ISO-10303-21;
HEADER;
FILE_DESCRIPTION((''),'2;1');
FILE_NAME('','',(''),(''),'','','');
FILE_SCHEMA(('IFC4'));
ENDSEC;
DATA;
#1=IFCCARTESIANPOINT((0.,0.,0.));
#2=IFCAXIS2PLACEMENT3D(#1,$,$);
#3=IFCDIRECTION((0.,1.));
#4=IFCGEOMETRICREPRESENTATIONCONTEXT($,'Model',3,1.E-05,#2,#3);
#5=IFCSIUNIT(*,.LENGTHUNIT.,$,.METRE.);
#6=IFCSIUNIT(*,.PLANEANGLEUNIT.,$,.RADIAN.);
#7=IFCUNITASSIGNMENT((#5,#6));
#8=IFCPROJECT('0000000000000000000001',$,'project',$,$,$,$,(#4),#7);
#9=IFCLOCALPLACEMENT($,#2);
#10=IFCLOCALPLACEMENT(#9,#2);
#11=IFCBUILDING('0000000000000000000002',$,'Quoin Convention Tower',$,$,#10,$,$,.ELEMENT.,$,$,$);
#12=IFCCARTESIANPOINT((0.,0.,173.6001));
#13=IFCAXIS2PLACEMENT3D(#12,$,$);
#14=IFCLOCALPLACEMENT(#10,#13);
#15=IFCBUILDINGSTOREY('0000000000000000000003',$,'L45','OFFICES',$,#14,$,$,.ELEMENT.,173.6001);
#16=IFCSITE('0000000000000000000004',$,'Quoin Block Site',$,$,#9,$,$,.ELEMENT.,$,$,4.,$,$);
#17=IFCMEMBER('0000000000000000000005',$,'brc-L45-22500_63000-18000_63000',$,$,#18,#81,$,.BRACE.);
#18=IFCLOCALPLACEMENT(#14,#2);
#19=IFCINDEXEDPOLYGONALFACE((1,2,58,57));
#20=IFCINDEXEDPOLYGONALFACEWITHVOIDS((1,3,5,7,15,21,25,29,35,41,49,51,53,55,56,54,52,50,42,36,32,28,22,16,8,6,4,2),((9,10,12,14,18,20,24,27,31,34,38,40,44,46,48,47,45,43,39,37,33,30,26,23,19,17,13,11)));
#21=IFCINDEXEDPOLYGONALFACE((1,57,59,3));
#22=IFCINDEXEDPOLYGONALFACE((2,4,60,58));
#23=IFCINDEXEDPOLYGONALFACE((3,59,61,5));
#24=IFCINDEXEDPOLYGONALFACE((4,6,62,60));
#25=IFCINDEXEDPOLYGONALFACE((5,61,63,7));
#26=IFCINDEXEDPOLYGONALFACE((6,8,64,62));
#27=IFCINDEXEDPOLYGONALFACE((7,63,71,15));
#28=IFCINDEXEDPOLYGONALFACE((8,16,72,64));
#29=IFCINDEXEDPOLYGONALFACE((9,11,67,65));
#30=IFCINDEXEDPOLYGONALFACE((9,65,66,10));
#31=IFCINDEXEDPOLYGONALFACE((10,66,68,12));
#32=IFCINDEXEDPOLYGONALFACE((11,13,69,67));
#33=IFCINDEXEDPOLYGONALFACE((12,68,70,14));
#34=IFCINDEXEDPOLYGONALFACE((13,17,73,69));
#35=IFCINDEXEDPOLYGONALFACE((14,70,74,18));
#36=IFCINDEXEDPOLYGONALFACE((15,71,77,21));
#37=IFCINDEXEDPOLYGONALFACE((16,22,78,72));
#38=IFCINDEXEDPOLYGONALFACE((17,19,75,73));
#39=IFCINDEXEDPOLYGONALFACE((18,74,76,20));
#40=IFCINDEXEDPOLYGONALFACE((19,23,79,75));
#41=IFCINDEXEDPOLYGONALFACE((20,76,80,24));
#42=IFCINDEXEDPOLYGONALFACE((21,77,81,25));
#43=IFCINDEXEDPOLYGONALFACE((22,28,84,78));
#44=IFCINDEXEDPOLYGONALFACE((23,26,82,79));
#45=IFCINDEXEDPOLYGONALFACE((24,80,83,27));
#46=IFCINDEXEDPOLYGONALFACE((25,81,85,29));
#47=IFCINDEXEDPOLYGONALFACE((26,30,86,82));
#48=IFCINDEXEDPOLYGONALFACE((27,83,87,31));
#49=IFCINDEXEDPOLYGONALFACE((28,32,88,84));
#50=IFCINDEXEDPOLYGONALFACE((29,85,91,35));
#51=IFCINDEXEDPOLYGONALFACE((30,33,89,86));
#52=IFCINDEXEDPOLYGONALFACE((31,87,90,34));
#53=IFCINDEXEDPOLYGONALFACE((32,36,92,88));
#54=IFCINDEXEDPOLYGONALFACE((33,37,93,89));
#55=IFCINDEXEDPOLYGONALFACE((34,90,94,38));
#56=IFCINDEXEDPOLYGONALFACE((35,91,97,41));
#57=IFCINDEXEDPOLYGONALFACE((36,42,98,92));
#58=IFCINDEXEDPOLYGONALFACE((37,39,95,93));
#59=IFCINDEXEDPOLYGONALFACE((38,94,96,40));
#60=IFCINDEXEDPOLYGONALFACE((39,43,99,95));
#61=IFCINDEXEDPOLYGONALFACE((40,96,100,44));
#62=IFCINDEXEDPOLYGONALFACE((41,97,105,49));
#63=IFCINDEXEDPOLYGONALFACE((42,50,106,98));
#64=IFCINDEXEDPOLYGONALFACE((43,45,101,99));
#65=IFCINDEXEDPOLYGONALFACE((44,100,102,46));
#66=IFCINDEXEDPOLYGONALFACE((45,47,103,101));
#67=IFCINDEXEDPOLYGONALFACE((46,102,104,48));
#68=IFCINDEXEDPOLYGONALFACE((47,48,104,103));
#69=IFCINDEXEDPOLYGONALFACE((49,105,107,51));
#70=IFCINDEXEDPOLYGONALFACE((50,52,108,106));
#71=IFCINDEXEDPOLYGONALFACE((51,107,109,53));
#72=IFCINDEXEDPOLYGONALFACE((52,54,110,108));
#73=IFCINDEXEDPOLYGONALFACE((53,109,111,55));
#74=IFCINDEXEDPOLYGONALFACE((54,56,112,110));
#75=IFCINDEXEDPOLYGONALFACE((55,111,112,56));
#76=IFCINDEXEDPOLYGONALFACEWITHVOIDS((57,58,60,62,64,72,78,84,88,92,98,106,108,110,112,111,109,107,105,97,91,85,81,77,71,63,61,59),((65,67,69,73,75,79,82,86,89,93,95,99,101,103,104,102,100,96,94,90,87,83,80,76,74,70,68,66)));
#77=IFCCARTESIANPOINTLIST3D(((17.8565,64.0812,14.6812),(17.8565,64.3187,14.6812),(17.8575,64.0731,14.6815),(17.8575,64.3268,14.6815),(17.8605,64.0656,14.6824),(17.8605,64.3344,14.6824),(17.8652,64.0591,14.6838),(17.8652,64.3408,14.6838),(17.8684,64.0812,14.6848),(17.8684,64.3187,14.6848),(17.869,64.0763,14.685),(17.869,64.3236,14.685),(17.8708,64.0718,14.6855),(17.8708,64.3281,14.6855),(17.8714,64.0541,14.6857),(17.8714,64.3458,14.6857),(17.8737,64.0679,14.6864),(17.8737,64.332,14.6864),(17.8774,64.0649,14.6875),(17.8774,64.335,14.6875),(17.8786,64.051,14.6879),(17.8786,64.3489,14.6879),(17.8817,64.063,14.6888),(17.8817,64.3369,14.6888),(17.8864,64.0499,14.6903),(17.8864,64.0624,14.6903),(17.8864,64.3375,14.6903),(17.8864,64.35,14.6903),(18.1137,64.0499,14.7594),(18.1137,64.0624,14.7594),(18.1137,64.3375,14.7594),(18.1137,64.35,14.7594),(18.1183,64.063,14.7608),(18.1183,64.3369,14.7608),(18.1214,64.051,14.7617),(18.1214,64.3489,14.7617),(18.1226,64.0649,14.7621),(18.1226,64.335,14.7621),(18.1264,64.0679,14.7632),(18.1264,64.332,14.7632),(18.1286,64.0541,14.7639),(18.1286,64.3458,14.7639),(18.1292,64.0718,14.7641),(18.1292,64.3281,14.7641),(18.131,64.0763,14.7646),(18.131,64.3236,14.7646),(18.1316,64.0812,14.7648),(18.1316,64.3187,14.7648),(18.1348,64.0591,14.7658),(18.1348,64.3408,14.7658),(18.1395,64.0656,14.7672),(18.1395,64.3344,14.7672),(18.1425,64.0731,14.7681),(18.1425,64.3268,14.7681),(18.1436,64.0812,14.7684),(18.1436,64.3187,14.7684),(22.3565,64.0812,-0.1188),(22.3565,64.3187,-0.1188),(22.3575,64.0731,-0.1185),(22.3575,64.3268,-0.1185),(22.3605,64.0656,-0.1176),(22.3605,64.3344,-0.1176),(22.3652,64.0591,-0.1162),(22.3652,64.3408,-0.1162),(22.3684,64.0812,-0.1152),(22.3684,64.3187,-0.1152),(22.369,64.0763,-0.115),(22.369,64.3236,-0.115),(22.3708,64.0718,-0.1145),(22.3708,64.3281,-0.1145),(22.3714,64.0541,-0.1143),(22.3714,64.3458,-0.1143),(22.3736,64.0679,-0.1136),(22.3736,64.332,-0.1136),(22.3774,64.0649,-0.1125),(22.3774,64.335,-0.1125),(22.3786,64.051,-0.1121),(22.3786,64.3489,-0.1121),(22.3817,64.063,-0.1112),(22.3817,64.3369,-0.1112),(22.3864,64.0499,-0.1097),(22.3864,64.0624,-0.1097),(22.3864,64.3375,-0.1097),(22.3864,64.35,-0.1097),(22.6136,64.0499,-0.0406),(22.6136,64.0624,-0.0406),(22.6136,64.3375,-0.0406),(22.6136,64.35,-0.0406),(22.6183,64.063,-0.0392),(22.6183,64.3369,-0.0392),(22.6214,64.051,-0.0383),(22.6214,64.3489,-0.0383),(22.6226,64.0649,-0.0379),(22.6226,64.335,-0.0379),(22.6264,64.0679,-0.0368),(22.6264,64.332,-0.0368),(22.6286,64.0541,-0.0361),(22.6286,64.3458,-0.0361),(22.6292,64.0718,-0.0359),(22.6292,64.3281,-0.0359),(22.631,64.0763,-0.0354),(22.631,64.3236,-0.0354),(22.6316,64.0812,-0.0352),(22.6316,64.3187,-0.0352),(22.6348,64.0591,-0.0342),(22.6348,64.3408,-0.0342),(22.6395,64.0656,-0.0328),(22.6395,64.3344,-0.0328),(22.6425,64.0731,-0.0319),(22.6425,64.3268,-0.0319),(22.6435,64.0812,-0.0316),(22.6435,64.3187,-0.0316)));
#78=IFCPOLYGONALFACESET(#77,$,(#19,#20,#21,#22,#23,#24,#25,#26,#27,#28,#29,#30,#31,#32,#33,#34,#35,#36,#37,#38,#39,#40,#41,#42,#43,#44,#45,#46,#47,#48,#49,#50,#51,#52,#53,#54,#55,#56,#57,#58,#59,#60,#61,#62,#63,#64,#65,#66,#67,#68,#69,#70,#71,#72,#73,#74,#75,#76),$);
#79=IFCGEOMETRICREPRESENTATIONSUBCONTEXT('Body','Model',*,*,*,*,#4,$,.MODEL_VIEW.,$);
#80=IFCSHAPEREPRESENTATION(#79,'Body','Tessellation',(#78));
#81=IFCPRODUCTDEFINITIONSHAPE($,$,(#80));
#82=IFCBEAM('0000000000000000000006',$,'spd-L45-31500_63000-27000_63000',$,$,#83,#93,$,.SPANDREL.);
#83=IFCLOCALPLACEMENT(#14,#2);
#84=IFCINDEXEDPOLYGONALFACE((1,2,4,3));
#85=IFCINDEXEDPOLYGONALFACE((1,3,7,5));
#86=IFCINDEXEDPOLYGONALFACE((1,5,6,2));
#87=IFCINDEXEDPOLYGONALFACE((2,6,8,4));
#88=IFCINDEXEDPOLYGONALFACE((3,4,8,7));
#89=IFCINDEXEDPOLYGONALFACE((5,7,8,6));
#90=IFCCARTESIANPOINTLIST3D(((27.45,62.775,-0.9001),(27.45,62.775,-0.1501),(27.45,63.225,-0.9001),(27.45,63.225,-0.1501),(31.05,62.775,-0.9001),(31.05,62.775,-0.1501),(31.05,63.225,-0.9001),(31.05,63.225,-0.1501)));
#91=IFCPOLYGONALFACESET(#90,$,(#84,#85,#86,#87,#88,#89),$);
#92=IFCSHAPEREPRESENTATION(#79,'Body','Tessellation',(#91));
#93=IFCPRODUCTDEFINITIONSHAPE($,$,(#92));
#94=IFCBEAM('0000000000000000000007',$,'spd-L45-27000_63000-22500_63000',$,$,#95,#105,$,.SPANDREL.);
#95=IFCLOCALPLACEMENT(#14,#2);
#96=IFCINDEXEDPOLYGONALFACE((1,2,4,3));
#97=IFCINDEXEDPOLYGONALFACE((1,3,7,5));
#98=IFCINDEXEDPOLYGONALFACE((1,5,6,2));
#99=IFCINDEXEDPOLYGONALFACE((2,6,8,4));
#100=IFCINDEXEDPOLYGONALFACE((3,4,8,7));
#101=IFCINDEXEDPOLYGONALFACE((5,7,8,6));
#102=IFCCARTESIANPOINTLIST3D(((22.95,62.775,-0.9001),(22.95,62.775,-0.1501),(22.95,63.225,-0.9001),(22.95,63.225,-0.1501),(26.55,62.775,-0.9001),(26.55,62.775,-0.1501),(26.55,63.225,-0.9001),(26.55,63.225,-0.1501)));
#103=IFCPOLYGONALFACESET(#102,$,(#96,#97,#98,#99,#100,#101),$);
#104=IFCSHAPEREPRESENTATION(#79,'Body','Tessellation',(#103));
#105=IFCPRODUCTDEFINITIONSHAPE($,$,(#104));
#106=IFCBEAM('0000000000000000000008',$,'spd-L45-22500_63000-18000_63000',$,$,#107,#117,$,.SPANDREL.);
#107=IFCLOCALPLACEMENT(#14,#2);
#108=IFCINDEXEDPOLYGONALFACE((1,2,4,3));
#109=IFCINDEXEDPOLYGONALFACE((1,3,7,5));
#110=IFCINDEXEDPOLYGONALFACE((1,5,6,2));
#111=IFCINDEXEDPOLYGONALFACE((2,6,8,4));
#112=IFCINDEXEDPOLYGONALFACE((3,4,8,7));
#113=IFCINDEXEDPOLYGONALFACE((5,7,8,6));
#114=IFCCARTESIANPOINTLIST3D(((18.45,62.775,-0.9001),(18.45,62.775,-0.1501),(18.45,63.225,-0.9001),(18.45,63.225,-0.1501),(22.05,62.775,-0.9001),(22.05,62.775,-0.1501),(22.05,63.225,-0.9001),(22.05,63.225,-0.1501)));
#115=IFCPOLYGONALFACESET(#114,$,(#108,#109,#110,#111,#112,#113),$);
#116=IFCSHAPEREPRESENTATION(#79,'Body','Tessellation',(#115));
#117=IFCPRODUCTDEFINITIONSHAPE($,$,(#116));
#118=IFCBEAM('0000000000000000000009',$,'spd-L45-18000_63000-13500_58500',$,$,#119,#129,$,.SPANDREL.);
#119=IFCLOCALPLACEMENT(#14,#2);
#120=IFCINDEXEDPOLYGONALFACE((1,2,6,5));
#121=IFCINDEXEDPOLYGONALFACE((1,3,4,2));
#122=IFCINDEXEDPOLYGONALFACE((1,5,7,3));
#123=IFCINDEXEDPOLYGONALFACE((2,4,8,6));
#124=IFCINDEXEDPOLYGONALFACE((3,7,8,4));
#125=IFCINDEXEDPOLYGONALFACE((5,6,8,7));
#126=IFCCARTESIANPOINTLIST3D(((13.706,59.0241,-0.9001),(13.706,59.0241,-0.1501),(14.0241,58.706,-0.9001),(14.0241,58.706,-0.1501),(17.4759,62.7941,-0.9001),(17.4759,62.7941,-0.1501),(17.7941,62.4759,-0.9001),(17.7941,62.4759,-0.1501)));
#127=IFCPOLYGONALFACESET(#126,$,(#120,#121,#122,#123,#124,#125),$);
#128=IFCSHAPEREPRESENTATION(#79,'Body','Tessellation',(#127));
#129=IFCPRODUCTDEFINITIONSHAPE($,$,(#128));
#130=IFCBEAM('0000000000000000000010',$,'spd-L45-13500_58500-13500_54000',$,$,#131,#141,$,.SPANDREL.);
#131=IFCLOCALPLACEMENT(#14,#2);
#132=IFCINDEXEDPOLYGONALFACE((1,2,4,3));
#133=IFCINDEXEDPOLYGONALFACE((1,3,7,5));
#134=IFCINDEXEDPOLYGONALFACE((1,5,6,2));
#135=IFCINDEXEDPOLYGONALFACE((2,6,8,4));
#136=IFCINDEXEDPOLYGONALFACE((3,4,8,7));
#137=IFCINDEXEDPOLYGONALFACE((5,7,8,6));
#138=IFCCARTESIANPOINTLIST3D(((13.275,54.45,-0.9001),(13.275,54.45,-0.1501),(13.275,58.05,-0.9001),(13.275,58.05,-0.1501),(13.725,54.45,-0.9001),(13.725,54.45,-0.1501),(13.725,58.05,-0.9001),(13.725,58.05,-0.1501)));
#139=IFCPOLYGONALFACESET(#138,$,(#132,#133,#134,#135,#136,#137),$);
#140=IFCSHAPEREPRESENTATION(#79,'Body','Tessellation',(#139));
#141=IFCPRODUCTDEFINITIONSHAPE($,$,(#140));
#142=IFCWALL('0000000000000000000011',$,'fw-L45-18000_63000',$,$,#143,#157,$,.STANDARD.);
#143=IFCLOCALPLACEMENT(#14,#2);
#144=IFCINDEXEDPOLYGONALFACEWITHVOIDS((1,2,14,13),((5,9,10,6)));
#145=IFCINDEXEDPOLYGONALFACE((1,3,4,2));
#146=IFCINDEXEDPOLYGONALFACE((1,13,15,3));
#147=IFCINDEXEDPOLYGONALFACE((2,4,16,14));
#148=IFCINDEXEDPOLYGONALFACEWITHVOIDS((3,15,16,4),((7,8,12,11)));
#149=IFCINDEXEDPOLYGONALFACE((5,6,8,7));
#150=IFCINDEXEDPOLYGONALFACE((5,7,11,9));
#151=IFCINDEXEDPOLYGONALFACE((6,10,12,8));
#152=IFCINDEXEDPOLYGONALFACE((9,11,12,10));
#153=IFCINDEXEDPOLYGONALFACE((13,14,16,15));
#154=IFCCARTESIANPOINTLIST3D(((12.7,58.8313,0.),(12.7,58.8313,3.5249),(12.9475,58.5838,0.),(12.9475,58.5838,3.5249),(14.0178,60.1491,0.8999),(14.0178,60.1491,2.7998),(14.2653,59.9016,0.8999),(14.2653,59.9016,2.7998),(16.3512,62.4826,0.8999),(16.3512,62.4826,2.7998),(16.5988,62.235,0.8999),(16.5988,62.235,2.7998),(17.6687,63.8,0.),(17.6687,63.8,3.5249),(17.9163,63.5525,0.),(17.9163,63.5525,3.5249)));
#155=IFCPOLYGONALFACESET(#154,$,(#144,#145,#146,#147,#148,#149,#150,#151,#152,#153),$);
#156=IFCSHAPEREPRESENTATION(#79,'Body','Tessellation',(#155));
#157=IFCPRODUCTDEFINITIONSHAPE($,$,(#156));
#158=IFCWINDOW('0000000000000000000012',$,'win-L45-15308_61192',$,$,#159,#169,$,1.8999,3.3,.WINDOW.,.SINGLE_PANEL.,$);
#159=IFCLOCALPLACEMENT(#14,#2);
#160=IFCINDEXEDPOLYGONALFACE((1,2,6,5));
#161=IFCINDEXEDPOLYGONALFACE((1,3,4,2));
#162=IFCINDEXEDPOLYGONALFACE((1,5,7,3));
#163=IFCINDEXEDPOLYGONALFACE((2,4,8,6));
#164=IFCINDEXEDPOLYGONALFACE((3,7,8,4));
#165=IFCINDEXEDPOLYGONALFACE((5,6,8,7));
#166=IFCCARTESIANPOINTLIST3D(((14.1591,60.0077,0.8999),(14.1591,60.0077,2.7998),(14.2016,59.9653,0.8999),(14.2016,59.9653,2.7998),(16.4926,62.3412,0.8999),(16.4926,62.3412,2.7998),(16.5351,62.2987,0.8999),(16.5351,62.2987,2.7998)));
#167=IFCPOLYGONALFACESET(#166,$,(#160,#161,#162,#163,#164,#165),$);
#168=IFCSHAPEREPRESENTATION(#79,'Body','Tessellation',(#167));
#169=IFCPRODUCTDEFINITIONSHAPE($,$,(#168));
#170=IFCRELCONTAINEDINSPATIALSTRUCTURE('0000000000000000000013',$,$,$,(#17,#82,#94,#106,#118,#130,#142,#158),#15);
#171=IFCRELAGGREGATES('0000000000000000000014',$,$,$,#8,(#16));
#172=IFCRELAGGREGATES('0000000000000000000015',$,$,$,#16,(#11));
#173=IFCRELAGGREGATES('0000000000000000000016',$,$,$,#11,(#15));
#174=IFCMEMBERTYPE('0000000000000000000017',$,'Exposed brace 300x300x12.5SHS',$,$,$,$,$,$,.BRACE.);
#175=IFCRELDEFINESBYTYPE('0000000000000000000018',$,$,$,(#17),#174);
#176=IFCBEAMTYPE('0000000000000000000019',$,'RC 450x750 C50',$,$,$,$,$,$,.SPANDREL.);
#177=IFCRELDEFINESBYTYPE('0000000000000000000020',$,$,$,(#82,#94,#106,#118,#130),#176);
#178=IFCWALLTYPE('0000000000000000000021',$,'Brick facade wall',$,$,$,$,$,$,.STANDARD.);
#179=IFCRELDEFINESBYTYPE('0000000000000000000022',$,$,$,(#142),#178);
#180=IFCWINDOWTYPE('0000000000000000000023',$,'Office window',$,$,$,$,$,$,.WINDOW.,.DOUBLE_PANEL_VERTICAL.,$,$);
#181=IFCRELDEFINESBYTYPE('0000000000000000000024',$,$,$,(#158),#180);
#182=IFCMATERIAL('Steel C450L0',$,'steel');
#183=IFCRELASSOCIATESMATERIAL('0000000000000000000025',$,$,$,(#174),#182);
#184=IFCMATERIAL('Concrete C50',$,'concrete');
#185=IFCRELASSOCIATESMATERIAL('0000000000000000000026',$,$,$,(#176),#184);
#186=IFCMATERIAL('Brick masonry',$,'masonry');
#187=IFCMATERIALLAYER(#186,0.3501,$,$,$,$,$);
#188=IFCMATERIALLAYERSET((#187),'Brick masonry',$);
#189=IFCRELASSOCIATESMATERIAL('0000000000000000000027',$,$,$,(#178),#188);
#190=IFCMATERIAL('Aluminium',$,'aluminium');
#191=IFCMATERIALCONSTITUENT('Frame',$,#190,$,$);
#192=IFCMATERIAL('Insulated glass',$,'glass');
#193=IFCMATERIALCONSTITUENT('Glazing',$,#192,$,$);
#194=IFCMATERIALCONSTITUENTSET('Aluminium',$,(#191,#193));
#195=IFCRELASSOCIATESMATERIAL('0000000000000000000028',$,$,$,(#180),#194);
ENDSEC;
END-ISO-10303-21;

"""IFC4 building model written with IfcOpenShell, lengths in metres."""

from ifc_helpers import new_model, si_unit, direction, frame, frame_2d, origin, origin_2d, place, context, subcontext, project, spatial, rectangle, hollow_rectangle, extrude, material, layer, layer_set, constituent, constituent_set, material_profile, profile_set, type_object, element, fill, save


model = new_model("IFC4")

# Units and contexts
model_context = context("Model", 3, precision=1e-05, world=origin(), true_north=direction((0.0, 1.0)))
body_context = subcontext(model_context, "Body", "Model", "MODEL_VIEW")
ifc_project = project(units=[si_unit("LENGTHUNIT", "METRE"), si_unit("PLANEANGLEUNIT", "RADIAN")], contexts=[model_context])

# Site, building, storey
site_placement = place(None, origin())
site = spatial("IfcSite", under=ifc_project, at=site_placement, Name="Quoin Block Site", CompositionType="ELEMENT", RefElevation=4.0)
building_placement = place(site_placement, origin())
building = spatial("IfcBuilding", under=site, at=building_placement, Name="Quoin Convention Tower", CompositionType="ELEMENT")
storey_placement = place(building_placement, frame((0.0, 0.0, 173.6001)))
storey = spatial("IfcBuildingStorey", under=building, at=storey_placement, Name="L45", Description="OFFICES", CompositionType="ELEMENT", Elevation=173.6001)

# Shared definitions
ifc_material_1 = material(Name="Concrete C50", Category="concrete")

# Member
ifc_material_2 = material(Name="Steel C450L0", Category="steel")
ifc_material_profile_1 = material_profile(ifc_material_2, hollow_rectangle(XDim=0.3, YDim=0.3, WallThickness=0.0125, InnerFilletRadius=0.0188, OuterFilletRadius=0.0312, at=origin_2d()), Name="300x300x12.5SHS")
ifc_profile_set_1 = profile_set([ifc_material_profile_1], Name="Steel C450L0")
member_type = type_object("IfcMemberType", Name="Exposed brace 300x300x12.5SHS", PredefinedType="BRACE", material=ifc_profile_set_1)
for number, where, z_axis, x_axis, name in (
    (1, (22.5, 64.2, -0.0752), (-0.290903, 0.0, 0.956752), (0.0, -1.0, 0.0), "brc-L45-22500_63000-18000_63000"),
):
    element("IfcMember", number, at=place(storey_placement, frame(where, z_axis=z_axis, x_axis=x_axis)), inside=storey, type_object=member_type, Name=name, PredefinedType="BRACE", context=body_context, shape_type="SweptSolid", body=[
        extrude(hollow_rectangle(XDim=0.3, YDim=0.3, WallThickness=0.0125, InnerFilletRadius=0.0188, OuterFilletRadius=0.0312, at=origin_2d()), origin(), (0.0, 0.0, 1.0), 15.469),
    ])

# Beams
ifc_material_profile_2 = material_profile(ifc_material_1, rectangle(XDim=0.45, YDim=0.75, at=origin_2d()), Name="RC 450x750")
ifc_profile_set_2 = profile_set([ifc_material_profile_2], Name="Concrete C50")
beam_type_1 = type_object("IfcBeamType", Name="RC 450x750 C50", PredefinedType="SPANDREL", material=ifc_profile_set_2)
for number, where, z_axis, x_axis, name in (
    (2, (31.05, 63.0, -0.5251), (-1.0, 0.0, 0.0), (0.0, -1.0, 0.0), "spd-L45-31500_63000-27000_63000"),
    (3, (26.55, 63.0, -0.5251), (-1.0, 0.0, 0.0), (0.0, -1.0, 0.0), "spd-L45-27000_63000-22500_63000"),
    (4, (22.05, 63.0, -0.5251), (-1.0, 0.0, 0.0), (0.0, -1.0, 0.0), "spd-L45-22500_63000-18000_63000"),
):
    element("IfcBeam", number, at=place(storey_placement, frame(where, z_axis=z_axis, x_axis=x_axis)), inside=storey, type_object=beam_type_1, Name=name, PredefinedType="SPANDREL", context=body_context, shape_type="SweptSolid", body=[
        extrude(rectangle(XDim=0.45, YDim=0.75, at=origin_2d()), origin(), (0.0, 0.0, 1.0), 3.6001),
    ])
beam_1_placement = place(storey_placement, frame((17.635, 62.635, -0.5251), z_axis=(-0.707107, -0.707107, 0.0), x_axis=(0.707107, -0.707107, 0.0)))
element("IfcBeam", 5, at=beam_1_placement, inside=storey, type_object=beam_type_1, Name="spd-L45-18000_63000-13500_58500", PredefinedType="SPANDREL", context=body_context, shape_type="SweptSolid", body=[
    extrude(rectangle(XDim=0.45, YDim=0.75, at=origin_2d()), origin(), (0.0, 0.0, 1.0), 5.3315),
])
beam_2_placement = place(storey_placement, frame((13.5, 58.05, -0.5251), z_axis=(0.0, -1.0, 0.0), x_axis=(1.0, 0.0, 0.0)))
element("IfcBeam", 6, at=beam_2_placement, inside=storey, type_object=beam_type_1, Name="spd-L45-13500_58500-13500_54000", PredefinedType="SPANDREL", context=body_context, shape_type="SweptSolid", body=[
    extrude(rectangle(XDim=0.45, YDim=0.75, at=origin_2d()), origin(), (0.0, 0.0, 1.0), 3.6001),
])

# Wall, opening, window
ifc_material_3 = material(Name="Brick masonry", Category="masonry")
ifc_layer_1 = layer(ifc_material_3, 0.3501)
ifc_layer_set_1 = layer_set([ifc_layer_1], Name="Brick masonry")
wall_type_1 = type_object("IfcWallType", Name="Brick facade wall", PredefinedType="STANDARD", material=ifc_layer_set_1)
wall_1_placement = place(storey_placement, frame((17.7925, 63.6763, 0.0), z_axis=(0.0, 0.0, 1.0), x_axis=(-0.707107, -0.707107, 0.0)))
wall_1 = element("IfcWall", 7, at=wall_1_placement, inside=storey, type_object=wall_type_1, Name="fw-L45-18000_63000", PredefinedType="STANDARD", context=body_context, shape_type="SweptSolid", body=[
    extrude(rectangle(XDim=7.0269, YDim=0.3501, at=frame_2d((3.5134, 0.0))), origin(), (0.0, 0.0, 1.0), 3.5249),
])
opening_1_placement = place(wall_1_placement, frame((1.8633, 0.0, 0.8999)))
opening_1 = element("IfcOpeningElement", 8, at=opening_1_placement, cuts=wall_1, PredefinedType="OPENING", context=body_context, shape_type="SweptSolid", body=[
    extrude(rectangle(XDim=3.3, YDim=1.8999, at=frame_2d((1.6499, 0.95))), frame((0.0, 0.1851, 0.0), z_axis=(0.0, -1.0, 0.0), x_axis=(1.0, 0.0, 0.0)), (0.0, 0.0, 1.0), 0.3701),
])
ifc_material_4 = material(Name="Aluminium", Category="aluminium")
ifc_constituent_1 = constituent(ifc_material_4, Name="Frame")
ifc_material_5 = material(Name="Insulated glass", Category="glass")
ifc_constituent_2 = constituent(ifc_material_5, Name="Glazing")
ifc_constituent_set = constituent_set(constituents=[ifc_constituent_1, ifc_constituent_2], Name="Aluminium")
window_type = type_object("IfcWindowType", Name="Office window", PartitioningType="DOUBLE_PANEL_VERTICAL", PredefinedType="WINDOW", material=ifc_constituent_set)
window_1_placement = place(opening_1_placement, origin())
window_1 = element("IfcWindow", 9, at=window_1_placement, inside=storey, type_object=window_type, Name="win-L45-15308_61192", OverallHeight=1.8999, OverallWidth=3.3, PartitioningType="SINGLE_PANEL", PredefinedType="WINDOW", context=body_context, shape_type="SweptSolid", body=[
    extrude(rectangle(XDim=3.3, YDim=1.8999, at=frame_2d((1.6499, 0.95))), frame((0.0, 0.085, 0.0), z_axis=(0.0, -1.0, 0.0), x_axis=(1.0, 0.0, 0.0)), (0.0, 0.0, 1.0), 0.0601),
])
fill(opening_1, window_1)

save(model, "model.ifc")
